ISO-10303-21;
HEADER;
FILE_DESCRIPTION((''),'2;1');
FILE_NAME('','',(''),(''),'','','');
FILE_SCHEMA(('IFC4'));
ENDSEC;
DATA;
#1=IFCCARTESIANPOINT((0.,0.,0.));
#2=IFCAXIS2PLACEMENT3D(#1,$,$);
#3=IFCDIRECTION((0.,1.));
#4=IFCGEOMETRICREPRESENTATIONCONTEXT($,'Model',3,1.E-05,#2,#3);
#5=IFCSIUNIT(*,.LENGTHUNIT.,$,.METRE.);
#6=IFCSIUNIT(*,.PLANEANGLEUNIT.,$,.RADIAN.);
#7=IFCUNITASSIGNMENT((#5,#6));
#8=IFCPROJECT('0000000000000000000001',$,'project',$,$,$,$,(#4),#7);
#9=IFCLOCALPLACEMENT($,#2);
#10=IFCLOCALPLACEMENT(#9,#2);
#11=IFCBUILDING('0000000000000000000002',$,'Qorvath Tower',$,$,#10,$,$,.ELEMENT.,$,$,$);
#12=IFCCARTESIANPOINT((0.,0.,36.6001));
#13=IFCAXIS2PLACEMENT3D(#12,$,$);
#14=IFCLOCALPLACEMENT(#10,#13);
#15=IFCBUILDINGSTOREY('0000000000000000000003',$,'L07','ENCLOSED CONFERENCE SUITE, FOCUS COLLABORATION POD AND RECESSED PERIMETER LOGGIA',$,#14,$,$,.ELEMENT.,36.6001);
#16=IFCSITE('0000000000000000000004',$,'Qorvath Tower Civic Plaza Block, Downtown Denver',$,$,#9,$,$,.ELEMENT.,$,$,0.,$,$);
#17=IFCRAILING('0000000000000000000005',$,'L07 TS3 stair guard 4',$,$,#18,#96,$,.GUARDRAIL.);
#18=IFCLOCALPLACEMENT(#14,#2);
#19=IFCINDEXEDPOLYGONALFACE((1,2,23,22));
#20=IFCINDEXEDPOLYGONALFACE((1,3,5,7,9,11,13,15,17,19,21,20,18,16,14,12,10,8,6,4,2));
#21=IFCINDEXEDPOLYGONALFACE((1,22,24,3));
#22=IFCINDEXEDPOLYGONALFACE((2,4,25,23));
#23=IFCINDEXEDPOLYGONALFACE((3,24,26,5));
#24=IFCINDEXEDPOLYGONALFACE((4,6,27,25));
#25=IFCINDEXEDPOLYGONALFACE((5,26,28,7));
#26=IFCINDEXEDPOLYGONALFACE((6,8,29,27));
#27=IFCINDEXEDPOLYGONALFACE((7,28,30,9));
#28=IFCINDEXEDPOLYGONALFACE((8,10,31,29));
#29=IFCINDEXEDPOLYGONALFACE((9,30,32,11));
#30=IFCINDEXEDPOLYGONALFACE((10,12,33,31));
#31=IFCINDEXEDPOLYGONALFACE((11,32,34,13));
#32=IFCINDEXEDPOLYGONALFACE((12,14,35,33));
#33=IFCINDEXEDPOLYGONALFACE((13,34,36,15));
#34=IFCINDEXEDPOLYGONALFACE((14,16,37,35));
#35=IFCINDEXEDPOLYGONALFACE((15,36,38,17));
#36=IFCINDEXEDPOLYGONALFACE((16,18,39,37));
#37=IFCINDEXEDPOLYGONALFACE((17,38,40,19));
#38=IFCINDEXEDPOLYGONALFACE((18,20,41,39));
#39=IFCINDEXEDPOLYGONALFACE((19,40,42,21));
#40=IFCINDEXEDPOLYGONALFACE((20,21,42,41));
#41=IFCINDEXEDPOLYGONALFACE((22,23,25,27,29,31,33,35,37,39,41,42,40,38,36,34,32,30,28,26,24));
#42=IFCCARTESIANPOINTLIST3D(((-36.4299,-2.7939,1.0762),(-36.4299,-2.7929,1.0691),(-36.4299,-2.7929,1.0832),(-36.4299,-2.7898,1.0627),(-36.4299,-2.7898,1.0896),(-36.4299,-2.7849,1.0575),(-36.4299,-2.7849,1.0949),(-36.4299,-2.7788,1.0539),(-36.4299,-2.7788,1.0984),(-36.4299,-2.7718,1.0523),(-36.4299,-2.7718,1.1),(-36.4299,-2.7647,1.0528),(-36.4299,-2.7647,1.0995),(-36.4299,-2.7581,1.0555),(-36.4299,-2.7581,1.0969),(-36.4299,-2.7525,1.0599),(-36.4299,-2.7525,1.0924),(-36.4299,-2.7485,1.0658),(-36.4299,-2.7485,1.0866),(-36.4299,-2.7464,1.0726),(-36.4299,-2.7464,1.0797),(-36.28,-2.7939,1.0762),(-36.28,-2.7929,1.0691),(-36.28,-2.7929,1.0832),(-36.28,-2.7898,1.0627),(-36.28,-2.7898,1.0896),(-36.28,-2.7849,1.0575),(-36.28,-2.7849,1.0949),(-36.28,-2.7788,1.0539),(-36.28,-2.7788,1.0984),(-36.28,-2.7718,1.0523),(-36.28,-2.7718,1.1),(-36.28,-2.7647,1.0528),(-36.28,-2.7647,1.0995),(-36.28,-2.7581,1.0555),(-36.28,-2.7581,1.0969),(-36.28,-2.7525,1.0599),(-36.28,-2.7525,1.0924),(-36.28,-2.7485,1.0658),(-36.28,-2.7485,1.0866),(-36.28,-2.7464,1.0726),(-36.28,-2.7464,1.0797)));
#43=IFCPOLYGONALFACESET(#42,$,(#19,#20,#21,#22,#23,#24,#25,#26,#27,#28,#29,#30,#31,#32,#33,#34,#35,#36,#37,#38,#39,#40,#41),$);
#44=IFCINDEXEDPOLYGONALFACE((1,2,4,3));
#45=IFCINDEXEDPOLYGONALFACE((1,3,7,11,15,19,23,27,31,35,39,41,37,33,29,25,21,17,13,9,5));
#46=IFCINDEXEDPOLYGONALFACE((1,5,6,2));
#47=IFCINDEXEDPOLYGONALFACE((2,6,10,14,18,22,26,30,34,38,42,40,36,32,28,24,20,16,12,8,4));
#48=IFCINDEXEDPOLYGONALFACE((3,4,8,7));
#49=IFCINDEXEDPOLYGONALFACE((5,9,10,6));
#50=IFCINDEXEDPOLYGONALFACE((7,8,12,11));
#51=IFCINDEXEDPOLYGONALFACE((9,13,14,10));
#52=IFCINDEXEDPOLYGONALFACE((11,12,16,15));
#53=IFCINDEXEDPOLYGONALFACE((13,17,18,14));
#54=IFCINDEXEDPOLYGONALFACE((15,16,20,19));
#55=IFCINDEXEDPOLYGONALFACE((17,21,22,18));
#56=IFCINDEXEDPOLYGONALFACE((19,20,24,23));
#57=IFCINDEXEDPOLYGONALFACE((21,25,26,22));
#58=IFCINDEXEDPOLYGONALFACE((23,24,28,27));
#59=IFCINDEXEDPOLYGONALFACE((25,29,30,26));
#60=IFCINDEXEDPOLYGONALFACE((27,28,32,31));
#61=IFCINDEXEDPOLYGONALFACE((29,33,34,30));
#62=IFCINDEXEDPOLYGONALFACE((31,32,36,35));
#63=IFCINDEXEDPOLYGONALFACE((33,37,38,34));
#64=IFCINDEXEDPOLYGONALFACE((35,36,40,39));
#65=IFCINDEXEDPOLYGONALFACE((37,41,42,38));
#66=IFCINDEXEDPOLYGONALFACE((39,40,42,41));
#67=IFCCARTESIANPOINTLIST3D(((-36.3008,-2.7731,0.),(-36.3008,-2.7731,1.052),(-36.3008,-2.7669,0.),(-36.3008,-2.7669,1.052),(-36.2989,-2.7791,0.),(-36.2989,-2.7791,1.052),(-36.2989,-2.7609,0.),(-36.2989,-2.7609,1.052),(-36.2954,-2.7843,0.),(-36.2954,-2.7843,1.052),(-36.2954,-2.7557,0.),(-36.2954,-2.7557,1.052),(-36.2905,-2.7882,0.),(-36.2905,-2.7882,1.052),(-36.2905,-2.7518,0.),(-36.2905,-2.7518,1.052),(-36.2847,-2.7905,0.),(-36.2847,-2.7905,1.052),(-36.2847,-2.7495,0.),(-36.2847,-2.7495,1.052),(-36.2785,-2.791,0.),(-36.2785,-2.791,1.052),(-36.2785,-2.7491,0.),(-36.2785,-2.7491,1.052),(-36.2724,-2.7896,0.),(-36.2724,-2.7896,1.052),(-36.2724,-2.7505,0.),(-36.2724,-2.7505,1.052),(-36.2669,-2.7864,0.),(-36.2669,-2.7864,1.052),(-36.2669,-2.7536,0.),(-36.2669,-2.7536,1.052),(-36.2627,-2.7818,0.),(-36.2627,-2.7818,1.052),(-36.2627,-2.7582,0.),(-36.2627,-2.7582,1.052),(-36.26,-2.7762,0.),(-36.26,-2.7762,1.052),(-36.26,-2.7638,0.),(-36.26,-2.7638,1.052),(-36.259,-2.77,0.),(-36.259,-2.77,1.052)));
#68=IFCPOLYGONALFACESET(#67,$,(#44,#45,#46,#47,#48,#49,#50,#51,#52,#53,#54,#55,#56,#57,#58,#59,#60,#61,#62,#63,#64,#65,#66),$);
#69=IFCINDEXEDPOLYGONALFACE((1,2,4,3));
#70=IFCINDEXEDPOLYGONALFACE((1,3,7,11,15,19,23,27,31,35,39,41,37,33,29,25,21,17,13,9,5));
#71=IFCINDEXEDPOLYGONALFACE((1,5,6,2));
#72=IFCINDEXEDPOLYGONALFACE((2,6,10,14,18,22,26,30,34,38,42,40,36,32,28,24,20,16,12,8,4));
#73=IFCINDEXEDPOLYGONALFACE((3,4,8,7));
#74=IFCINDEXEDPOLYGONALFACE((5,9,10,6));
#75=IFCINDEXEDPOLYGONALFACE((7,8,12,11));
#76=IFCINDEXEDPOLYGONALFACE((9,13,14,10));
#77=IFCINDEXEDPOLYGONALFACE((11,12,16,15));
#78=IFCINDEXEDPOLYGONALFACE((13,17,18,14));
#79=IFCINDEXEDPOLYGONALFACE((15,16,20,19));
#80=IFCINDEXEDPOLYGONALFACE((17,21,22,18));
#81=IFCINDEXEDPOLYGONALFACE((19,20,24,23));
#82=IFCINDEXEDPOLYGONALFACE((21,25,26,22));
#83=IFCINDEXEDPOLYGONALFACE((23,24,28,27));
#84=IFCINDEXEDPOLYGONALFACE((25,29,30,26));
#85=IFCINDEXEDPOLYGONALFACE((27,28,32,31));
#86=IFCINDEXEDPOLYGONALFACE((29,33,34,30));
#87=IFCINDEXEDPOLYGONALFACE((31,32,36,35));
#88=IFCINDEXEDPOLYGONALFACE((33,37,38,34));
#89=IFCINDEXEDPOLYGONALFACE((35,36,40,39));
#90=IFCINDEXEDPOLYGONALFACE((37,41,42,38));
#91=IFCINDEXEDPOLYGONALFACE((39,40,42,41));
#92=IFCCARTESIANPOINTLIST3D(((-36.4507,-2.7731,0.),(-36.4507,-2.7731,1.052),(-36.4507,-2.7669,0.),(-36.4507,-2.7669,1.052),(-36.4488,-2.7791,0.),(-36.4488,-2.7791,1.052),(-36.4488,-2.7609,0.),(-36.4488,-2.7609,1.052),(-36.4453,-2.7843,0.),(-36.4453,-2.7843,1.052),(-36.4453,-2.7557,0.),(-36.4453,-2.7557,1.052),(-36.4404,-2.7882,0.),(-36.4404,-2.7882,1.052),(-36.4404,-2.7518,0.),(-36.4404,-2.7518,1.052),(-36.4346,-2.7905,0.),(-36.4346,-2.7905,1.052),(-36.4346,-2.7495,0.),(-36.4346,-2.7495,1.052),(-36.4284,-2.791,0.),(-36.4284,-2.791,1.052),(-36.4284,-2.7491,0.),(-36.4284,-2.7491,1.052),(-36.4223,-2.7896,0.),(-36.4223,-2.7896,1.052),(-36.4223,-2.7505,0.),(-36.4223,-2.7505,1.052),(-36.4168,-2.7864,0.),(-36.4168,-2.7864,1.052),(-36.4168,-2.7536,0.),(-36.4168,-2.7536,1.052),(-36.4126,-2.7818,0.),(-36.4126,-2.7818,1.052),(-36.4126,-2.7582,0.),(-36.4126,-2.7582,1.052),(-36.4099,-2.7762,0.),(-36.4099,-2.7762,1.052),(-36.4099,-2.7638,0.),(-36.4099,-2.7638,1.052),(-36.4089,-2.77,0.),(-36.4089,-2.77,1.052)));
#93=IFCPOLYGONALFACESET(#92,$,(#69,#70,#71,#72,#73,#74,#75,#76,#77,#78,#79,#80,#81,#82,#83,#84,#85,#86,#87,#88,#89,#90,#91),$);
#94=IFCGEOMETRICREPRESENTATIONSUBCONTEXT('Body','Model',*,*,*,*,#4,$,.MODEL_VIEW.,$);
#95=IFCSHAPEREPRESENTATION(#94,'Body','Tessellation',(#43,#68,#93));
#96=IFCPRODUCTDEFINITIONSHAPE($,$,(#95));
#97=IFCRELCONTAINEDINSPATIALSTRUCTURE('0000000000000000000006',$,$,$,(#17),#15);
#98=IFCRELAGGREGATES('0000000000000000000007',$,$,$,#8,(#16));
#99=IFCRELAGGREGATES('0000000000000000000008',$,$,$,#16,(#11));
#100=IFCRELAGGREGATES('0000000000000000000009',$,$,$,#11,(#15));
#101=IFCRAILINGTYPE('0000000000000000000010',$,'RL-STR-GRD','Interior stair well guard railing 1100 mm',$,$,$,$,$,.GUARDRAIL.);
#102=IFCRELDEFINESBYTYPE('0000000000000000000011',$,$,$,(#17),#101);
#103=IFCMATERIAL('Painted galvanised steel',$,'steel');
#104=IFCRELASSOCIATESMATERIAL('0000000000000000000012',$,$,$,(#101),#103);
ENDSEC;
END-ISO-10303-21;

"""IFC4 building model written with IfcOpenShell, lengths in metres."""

from ifc_helpers import new_model, si_unit, direction, frame, origin, origin_2d, place, context, subcontext, project, spatial, circle, extrude, material, type_object, element, save


model = new_model("IFC4")

# Units and contexts
model_context = context("Model", 3, precision=1e-05, world=origin(), true_north=direction((0.0, 1.0)))
body_context = subcontext(model_context, "Body", "Model", "MODEL_VIEW")
ifc_project = project(units=[si_unit("LENGTHUNIT", "METRE"), si_unit("PLANEANGLEUNIT", "RADIAN")], contexts=[model_context])

# Site, building, storey
site_placement = place(None, origin())
site = spatial("IfcSite", under=ifc_project, at=site_placement, Name="Qorvath Tower Civic Plaza Block, Downtown Denver", CompositionType="ELEMENT", RefElevation=0.0)
building_placement = place(site_placement, origin())
building = spatial("IfcBuilding", under=site, at=building_placement, Name="Qorvath Tower", CompositionType="ELEMENT")
storey_placement = place(building_placement, frame((0.0, 0.0, 36.6001)))
storey = spatial("IfcBuildingStorey", under=building, at=storey_placement, Name="L07", Description="ENCLOSED CONFERENCE SUITE, FOCUS COLLABORATION POD AND RECESSED PERIMETER LOGGIA", CompositionType="ELEMENT", Elevation=36.6001)

# Railing
ifc_material_1 = material(Name="Painted galvanised steel", Category="steel")
railing_type_1 = type_object("IfcRailingType", Name="RL-STR-GRD", Description="Interior stair well guard railing 1100 mm", PredefinedType="GUARDRAIL", material=ifc_material_1)
railing_1_placement = place(storey_placement, frame((-36.28, -2.77, 0.0)))
element("IfcRailing", 1, at=railing_1_placement, inside=storey, type_object=railing_type_1, Name="L07 TS3 stair guard 4", PredefinedType="GUARDRAIL", context=body_context, shape_type="SweptSolid", body=[
    extrude(circle(Radius=0.0239, at=origin_2d()), frame((0.0, 0.0, 1.0762), z_axis=(-1.0, 0.0, 0.0), x_axis=(0.0, -1.0, 0.0)), (0.0, 0.0, 1.0), 0.1499),
    extrude(circle(Radius=0.021, at=origin_2d()), origin(), (0.0, 0.0, 1.0), 1.052),
    extrude(circle(Radius=0.021, at=origin_2d()), frame((-0.1499, 0.0, 0.0)), (0.0, 0.0, 1.0), 1.052),
])

save(model, "model.ifc")
